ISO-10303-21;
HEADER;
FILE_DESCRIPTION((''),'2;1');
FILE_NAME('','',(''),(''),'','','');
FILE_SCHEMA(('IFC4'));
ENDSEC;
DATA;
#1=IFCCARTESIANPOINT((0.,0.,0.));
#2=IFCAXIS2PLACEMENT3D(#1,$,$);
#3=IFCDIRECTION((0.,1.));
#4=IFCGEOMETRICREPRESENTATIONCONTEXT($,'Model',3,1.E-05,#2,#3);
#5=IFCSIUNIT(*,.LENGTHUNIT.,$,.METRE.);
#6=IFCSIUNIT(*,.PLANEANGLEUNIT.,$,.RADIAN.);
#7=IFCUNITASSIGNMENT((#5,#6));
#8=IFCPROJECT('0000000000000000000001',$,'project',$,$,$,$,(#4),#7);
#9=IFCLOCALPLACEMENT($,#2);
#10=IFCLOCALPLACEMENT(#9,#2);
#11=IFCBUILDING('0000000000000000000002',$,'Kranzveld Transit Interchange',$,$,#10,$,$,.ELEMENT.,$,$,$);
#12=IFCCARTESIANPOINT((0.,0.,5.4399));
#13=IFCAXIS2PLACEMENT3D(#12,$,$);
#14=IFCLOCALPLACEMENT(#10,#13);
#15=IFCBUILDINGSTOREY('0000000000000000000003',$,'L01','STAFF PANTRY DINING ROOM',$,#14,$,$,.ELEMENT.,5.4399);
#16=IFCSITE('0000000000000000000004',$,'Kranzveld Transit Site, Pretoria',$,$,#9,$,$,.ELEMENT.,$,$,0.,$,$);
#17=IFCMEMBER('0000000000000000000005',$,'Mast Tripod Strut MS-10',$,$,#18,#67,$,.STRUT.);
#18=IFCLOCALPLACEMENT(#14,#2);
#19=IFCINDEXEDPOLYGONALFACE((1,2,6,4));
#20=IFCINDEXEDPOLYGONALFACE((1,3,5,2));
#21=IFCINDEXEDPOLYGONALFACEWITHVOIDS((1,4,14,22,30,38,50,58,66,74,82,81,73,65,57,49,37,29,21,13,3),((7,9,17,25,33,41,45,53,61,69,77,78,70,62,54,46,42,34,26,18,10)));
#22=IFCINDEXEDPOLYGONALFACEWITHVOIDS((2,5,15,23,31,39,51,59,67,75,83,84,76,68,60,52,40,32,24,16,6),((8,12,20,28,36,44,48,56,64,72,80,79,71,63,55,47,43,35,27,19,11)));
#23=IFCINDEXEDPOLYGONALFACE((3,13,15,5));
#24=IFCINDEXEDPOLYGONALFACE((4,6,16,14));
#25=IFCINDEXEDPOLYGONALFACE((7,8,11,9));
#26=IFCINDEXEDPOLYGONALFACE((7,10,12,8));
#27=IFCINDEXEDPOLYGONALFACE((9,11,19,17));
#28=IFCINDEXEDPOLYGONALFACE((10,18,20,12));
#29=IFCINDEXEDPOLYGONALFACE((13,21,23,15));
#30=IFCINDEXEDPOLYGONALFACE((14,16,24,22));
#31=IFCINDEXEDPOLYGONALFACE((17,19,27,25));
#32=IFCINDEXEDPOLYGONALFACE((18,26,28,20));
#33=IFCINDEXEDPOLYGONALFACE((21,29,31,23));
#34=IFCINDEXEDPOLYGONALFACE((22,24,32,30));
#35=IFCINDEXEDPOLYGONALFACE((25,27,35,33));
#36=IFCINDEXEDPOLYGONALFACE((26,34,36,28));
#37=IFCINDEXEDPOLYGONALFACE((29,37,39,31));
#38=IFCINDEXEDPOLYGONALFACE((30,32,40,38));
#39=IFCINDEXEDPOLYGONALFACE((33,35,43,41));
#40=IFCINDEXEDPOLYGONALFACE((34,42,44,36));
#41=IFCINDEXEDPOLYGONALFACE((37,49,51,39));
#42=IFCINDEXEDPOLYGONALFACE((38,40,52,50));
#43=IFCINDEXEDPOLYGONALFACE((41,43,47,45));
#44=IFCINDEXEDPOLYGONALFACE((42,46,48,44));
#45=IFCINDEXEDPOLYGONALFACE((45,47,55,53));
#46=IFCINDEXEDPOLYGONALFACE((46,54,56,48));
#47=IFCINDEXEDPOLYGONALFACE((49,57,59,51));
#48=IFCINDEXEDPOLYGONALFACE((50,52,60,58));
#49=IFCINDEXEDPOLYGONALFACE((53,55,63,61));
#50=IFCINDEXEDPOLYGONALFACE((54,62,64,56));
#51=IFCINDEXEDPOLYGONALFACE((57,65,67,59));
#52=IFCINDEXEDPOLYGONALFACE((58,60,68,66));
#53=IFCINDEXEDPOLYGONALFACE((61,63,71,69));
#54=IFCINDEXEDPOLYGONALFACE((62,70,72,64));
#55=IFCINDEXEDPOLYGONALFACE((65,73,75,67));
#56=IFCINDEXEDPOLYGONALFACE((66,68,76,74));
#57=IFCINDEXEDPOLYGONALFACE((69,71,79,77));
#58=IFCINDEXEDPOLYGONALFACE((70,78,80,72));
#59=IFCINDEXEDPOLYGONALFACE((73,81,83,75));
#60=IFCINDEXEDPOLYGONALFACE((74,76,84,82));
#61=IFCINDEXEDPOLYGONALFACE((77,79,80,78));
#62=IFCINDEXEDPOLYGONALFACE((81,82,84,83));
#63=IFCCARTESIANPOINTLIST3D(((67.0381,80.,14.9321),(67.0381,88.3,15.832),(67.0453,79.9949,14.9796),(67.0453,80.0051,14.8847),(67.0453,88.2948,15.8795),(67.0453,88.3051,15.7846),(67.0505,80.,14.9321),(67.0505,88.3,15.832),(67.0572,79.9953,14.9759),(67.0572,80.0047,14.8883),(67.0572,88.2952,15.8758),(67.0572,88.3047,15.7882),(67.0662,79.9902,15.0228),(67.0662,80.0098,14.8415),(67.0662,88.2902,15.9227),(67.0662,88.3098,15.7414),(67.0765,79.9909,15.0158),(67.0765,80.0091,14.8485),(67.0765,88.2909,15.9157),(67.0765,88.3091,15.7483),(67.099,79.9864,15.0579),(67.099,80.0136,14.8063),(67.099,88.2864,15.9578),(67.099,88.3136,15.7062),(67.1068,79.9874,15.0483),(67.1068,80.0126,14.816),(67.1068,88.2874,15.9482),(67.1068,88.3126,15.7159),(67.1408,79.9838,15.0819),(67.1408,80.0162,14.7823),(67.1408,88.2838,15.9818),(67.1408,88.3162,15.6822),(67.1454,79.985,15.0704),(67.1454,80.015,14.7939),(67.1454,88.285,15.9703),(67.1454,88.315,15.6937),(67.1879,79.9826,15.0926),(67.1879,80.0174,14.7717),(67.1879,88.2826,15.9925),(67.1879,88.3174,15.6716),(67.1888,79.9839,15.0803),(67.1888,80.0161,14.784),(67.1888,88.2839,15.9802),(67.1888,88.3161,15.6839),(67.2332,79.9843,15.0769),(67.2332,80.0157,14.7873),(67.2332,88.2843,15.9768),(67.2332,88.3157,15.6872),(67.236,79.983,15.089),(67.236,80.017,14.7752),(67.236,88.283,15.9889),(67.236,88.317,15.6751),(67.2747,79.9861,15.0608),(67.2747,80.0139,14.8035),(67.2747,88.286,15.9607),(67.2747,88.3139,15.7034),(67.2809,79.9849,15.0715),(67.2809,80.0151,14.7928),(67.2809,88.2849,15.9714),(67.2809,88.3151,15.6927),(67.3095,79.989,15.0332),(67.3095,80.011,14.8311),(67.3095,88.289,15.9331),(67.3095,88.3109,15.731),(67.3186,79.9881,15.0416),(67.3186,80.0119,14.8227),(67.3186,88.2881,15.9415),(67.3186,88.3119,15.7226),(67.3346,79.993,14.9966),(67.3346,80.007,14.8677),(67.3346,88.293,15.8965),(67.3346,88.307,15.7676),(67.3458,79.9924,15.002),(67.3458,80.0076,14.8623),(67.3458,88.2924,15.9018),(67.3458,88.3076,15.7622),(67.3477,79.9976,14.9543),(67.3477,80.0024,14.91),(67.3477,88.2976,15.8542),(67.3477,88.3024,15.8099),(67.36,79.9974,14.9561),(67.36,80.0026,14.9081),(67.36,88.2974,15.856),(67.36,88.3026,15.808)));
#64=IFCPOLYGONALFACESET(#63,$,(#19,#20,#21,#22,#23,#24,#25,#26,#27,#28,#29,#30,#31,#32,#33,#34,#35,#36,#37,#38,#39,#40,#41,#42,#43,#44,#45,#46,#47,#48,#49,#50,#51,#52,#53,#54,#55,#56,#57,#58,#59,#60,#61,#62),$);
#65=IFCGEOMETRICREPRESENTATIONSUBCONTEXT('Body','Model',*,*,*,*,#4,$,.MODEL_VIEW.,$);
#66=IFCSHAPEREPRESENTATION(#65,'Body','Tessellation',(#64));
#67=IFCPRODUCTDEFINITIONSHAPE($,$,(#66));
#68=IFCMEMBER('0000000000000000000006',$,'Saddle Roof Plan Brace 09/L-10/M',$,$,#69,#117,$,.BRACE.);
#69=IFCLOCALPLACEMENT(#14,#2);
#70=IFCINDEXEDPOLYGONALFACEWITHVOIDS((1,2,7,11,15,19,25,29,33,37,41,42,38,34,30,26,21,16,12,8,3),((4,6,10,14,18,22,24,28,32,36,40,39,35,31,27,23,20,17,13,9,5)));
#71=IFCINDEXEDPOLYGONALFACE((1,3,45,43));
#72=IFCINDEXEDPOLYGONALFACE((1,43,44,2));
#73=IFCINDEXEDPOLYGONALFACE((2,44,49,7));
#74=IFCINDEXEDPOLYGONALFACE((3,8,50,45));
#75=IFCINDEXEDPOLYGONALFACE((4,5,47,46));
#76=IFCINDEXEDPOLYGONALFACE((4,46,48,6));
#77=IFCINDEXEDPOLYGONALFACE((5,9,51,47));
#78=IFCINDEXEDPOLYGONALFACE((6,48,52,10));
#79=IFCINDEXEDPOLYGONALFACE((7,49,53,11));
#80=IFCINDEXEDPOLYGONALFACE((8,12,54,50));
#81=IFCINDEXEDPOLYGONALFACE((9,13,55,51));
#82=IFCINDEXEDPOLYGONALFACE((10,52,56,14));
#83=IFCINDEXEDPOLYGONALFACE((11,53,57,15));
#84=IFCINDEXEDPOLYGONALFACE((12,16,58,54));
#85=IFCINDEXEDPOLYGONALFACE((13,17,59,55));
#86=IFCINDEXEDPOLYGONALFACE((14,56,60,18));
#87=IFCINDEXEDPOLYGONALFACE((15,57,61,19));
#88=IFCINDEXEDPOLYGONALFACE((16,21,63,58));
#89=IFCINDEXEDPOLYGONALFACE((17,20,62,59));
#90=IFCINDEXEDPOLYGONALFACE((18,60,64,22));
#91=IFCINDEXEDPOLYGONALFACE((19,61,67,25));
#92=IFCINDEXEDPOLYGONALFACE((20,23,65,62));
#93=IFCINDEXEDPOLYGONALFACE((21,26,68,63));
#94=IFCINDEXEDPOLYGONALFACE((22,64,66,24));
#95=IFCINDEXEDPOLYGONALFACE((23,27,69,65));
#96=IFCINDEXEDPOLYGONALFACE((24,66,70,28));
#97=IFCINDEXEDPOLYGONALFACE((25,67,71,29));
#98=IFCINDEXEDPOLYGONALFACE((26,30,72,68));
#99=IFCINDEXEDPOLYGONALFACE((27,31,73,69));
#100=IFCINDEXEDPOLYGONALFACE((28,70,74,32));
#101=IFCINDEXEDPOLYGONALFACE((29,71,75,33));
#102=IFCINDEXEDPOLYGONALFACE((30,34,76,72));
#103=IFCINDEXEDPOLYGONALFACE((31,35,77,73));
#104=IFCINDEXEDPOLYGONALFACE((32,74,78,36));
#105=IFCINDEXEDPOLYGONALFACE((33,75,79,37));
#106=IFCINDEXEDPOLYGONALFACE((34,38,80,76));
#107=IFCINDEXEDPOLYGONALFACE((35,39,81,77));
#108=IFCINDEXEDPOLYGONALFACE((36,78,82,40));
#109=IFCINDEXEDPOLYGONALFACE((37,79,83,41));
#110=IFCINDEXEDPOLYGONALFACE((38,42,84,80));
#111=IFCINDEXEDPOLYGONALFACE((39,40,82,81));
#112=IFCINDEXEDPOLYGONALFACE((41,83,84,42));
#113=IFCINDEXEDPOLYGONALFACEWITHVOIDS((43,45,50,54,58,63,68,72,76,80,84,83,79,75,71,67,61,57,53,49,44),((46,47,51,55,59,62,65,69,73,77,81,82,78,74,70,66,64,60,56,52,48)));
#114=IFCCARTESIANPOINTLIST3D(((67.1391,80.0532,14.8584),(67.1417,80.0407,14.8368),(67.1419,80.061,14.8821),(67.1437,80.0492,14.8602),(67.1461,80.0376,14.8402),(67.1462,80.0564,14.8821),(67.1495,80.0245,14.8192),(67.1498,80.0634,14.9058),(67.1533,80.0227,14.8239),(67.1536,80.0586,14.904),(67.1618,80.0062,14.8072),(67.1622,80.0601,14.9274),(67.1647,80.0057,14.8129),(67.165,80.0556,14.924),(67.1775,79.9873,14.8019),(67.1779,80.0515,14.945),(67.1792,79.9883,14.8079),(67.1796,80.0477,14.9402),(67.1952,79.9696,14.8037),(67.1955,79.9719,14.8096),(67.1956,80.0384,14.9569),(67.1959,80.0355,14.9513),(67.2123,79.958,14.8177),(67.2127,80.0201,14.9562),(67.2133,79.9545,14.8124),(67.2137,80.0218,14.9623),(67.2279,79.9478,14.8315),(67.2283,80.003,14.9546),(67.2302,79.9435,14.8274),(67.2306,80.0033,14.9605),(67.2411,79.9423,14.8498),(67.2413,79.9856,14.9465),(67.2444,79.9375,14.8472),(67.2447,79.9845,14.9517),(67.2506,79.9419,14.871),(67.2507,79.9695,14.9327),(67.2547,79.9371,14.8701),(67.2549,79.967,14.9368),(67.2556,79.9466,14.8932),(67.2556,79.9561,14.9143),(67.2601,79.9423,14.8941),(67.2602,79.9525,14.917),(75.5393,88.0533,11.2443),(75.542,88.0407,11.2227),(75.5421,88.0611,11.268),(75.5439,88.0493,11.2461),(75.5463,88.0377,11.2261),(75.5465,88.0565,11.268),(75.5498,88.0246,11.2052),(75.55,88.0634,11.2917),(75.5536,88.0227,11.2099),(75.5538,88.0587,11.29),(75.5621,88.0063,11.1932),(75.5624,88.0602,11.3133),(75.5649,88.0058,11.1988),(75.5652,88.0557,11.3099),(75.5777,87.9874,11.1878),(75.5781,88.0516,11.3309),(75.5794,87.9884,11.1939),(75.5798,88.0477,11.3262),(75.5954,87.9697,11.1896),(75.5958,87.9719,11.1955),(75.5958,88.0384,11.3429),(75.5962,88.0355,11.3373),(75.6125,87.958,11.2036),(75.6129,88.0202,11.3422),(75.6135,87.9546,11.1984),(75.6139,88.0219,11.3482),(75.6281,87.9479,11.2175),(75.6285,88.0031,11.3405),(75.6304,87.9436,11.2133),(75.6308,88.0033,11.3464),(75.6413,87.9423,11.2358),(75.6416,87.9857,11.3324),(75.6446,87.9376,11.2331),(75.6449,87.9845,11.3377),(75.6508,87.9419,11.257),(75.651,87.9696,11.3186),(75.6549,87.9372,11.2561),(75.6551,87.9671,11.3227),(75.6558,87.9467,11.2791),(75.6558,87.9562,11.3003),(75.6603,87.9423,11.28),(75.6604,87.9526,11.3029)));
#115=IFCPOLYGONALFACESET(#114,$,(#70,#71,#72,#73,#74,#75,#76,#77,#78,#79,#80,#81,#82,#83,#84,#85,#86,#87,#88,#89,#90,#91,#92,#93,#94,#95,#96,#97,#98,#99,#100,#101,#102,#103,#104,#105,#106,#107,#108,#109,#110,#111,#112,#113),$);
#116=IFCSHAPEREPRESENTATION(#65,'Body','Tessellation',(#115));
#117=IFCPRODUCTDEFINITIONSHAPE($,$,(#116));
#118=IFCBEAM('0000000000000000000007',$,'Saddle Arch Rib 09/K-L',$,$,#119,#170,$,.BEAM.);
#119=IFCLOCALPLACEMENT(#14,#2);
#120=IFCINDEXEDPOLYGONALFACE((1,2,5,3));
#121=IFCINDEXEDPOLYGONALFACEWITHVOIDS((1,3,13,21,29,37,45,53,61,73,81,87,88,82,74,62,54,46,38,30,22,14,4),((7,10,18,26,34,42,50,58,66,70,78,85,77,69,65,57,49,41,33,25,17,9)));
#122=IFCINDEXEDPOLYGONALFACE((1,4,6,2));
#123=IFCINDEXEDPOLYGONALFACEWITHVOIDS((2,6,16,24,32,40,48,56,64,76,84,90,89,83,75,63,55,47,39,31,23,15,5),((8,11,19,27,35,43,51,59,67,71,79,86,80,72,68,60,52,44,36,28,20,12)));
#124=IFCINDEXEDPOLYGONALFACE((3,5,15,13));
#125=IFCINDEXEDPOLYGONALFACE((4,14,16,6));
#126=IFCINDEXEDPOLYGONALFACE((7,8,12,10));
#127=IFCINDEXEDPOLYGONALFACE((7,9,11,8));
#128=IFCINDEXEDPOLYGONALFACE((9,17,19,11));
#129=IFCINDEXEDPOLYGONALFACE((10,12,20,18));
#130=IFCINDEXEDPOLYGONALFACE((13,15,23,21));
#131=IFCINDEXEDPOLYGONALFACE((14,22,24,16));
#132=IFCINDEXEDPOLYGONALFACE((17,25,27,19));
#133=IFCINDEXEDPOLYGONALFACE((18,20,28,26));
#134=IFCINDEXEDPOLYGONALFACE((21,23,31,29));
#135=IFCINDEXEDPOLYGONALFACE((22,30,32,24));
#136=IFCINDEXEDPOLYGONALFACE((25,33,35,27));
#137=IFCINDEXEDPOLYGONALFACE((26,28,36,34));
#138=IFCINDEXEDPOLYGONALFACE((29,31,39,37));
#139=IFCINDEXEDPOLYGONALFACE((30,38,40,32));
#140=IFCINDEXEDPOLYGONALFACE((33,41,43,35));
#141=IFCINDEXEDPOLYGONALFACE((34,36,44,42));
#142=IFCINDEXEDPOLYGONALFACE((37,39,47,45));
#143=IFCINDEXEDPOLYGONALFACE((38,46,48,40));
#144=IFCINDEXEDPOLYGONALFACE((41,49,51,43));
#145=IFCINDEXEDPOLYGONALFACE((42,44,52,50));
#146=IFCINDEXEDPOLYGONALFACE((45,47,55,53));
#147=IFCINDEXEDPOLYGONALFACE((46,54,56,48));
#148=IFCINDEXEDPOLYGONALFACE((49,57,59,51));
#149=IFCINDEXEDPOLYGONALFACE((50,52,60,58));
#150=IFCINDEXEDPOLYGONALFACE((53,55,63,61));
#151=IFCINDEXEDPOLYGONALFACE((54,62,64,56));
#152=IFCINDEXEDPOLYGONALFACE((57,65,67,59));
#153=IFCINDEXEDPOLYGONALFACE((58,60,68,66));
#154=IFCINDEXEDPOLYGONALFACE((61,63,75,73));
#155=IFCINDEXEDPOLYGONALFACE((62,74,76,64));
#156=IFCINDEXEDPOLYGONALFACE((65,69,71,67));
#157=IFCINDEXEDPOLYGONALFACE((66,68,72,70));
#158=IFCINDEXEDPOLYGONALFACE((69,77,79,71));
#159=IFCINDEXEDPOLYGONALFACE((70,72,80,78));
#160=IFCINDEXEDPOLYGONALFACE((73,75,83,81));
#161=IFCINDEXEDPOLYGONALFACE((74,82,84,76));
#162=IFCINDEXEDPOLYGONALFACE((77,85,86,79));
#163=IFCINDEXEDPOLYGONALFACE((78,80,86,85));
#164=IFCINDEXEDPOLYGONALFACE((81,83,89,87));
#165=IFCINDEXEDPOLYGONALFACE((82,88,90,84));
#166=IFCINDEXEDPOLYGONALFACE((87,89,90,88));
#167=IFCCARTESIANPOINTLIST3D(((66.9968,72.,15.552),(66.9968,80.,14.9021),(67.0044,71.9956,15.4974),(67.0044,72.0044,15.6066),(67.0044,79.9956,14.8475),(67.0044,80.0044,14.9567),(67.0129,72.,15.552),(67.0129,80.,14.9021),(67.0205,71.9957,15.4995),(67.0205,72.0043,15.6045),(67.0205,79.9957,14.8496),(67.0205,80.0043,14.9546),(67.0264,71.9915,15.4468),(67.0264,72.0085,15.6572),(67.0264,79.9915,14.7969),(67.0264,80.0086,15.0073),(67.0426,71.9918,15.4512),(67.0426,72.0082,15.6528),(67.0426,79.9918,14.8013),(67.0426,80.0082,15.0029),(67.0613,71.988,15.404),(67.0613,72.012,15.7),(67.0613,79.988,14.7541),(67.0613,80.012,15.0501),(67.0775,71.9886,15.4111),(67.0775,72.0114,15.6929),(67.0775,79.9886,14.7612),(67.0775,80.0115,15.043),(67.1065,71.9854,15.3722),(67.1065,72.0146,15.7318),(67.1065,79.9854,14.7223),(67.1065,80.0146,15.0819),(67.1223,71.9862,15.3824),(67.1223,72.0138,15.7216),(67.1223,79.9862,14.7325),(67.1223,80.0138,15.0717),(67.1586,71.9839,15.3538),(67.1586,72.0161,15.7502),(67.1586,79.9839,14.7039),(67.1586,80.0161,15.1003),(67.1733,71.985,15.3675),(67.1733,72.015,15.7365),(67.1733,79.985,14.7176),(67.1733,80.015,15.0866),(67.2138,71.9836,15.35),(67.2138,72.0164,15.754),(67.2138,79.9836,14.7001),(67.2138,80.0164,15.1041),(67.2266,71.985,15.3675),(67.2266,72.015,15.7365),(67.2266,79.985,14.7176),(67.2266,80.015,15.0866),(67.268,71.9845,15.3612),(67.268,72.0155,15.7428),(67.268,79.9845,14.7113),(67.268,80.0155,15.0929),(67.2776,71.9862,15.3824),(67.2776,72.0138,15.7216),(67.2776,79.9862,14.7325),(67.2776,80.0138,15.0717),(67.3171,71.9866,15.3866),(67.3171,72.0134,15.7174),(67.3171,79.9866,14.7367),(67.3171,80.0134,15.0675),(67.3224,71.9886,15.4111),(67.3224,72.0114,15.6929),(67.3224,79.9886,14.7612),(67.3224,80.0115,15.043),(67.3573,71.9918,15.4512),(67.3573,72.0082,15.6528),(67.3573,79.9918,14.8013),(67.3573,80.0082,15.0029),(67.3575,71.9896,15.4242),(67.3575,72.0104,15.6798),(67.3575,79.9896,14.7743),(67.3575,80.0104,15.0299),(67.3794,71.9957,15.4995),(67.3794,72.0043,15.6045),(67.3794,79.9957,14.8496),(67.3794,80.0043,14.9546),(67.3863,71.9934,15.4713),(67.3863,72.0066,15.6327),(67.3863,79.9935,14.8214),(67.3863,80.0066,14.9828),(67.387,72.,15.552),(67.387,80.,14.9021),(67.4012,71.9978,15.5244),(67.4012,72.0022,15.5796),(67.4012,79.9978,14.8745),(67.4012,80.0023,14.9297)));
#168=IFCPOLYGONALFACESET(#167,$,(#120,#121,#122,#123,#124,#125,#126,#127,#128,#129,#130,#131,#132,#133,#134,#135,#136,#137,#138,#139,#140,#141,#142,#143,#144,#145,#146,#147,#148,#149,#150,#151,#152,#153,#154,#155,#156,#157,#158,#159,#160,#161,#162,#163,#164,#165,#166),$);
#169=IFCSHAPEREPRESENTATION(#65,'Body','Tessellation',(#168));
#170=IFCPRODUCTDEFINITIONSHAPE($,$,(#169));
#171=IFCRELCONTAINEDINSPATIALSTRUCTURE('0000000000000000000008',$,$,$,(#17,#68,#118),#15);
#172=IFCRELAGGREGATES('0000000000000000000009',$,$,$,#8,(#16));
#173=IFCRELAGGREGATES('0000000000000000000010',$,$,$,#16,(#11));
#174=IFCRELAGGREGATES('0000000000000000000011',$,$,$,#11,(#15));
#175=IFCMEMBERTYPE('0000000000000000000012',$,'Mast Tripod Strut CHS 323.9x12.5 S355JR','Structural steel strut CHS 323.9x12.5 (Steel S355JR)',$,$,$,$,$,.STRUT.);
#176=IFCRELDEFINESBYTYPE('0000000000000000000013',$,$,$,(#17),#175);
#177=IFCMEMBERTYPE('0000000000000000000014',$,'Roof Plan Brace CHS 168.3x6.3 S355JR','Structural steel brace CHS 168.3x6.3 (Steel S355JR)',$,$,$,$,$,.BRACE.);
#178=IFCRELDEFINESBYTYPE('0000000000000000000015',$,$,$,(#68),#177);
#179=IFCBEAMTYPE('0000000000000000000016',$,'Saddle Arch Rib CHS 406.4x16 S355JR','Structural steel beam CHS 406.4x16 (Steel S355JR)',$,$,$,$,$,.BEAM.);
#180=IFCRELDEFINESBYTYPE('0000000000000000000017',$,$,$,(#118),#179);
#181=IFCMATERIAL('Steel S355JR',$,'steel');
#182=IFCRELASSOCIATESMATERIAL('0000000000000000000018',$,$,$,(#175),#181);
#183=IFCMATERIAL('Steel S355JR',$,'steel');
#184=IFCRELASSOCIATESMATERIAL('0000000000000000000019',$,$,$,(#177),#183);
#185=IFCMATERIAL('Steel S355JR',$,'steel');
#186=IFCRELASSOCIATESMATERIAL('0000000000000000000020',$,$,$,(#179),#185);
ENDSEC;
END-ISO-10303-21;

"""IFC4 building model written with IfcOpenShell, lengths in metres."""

from ifc_helpers import new_model, si_unit, direction, frame, origin, origin_2d, place, context, subcontext, project, spatial, hollow_circle, extrude, material, material_profile, profile_set, type_object, element, save


model = new_model("IFC4")

# Units and contexts
model_context = context("Model", 3, precision=1e-05, world=origin(), true_north=direction((0.0, 1.0)))
body_context = subcontext(model_context, "Body", "Model", "MODEL_VIEW")
ifc_project = project(units=[si_unit("LENGTHUNIT", "METRE"), si_unit("PLANEANGLEUNIT", "RADIAN")], contexts=[model_context])

# Site, building, storey
site_placement = place(None, origin())
site = spatial("IfcSite", under=ifc_project, at=site_placement, Name="Kranzveld Transit Site, Pretoria", CompositionType="ELEMENT", RefElevation=0.0)
building_placement = place(site_placement, origin())
building = spatial("IfcBuilding", under=site, at=building_placement, Name="Kranzveld Transit Interchange", CompositionType="ELEMENT")
storey_placement = place(building_placement, frame((0.0, 0.0, 5.4399)))
storey = spatial("IfcBuildingStorey", under=building, at=storey_placement, Name="L01", Description="STAFF PANTRY DINING ROOM", CompositionType="ELEMENT", Elevation=5.4399)

# Members
ifc_material_1 = material(Name="Steel S355JR", Category="steel")
ifc_material_profile_1 = material_profile(ifc_material_1, hollow_circle(Radius=0.1619, WallThickness=0.0125, at=origin_2d()), Name="CHS 323.9x12.5")
ifc_profile_set_1 = profile_set([ifc_material_profile_1], Name="Steel S355JR")
member_type_1 = type_object("IfcMemberType", Name="Mast Tripod Strut CHS 323.9x12.5 S355JR", Description="Structural steel strut CHS 323.9x12.5 (Steel S355JR)", PredefinedType="STRUT", material=ifc_profile_set_1)
member_1_placement = place(storey_placement, frame((67.2, 80.0, 14.9321), z_axis=(0.0, 0.994174, 0.10779), x_axis=(-1.0, 0.0, 0.0)))
element("IfcMember", 1, at=member_1_placement, inside=storey, type_object=member_type_1, Name="Mast Tripod Strut MS-10", PredefinedType="STRUT", context=body_context, shape_type="SweptSolid", body=[
    extrude(hollow_circle(Radius=0.1619, WallThickness=0.0125, at=origin_2d()), origin(), (0.0, 0.0, 1.0), 8.3486),
])
ifc_material_2 = material(Name="Steel S355JR", Category="steel")
ifc_material_profile_2 = material_profile(ifc_material_2, hollow_circle(Radius=0.0842, WallThickness=0.0063, at=origin_2d()), Name="CHS 168.3x6.3")
ifc_profile_set_2 = profile_set([ifc_material_profile_2], Name="Steel S355JR")
member_type_2 = type_object("IfcMemberType", Name="Roof Plan Brace CHS 168.3x6.3 S355JR", Description="Structural steel brace CHS 168.3x6.3 (Steel S355JR)", PredefinedType="BRACE", material=ifc_profile_set_2)
member_2_placement = place(storey_placement, frame((67.2, 80.0, 14.8821), z_axis=(0.691368, 0.658434, -0.297449), x_axis=(-0.689649, 0.724144, 0.0)))
element("IfcMember", 2, at=member_2_placement, inside=storey, type_object=member_type_2, Name="Saddle Roof Plan Brace 09/L-10/M", PredefinedType="BRACE", context=body_context, shape_type="SweptSolid", body=[
    extrude(hollow_circle(Radius=0.0842, WallThickness=0.0063, at=origin_2d()), origin(), (0.0, 0.0, 1.0), 12.1501),
])

# Beam
ifc_material_3 = material(Name="Steel S355JR", Category="steel")
ifc_material_profile_3 = material_profile(ifc_material_3, hollow_circle(Radius=0.2031, WallThickness=0.0161, at=origin_2d()), Name="CHS 406.4x16")
ifc_profile_set_3 = profile_set([ifc_material_profile_3], Name="Steel S355JR")
beam_type = type_object("IfcBeamType", Name="Saddle Arch Rib CHS 406.4x16 S355JR", Description="Structural steel beam CHS 406.4x16 (Steel S355JR)", PredefinedType="BEAM", material=ifc_profile_set_3)
beam_1_placement = place(storey_placement, frame((67.2, 72.0, 15.552), z_axis=(0.0, 0.996716, -0.080971), x_axis=(-1.0, 0.0, 0.0)))
element("IfcBeam", 3, at=beam_1_placement, inside=storey, type_object=beam_type, Name="Saddle Arch Rib 09/K-L", PredefinedType="BEAM", context=body_context, shape_type="SweptSolid", body=[
    extrude(hollow_circle(Radius=0.2031, WallThickness=0.0161, at=origin_2d()), origin(), (0.0, 0.0, 1.0), 8.0264),
])

save(model, "model.ifc")
